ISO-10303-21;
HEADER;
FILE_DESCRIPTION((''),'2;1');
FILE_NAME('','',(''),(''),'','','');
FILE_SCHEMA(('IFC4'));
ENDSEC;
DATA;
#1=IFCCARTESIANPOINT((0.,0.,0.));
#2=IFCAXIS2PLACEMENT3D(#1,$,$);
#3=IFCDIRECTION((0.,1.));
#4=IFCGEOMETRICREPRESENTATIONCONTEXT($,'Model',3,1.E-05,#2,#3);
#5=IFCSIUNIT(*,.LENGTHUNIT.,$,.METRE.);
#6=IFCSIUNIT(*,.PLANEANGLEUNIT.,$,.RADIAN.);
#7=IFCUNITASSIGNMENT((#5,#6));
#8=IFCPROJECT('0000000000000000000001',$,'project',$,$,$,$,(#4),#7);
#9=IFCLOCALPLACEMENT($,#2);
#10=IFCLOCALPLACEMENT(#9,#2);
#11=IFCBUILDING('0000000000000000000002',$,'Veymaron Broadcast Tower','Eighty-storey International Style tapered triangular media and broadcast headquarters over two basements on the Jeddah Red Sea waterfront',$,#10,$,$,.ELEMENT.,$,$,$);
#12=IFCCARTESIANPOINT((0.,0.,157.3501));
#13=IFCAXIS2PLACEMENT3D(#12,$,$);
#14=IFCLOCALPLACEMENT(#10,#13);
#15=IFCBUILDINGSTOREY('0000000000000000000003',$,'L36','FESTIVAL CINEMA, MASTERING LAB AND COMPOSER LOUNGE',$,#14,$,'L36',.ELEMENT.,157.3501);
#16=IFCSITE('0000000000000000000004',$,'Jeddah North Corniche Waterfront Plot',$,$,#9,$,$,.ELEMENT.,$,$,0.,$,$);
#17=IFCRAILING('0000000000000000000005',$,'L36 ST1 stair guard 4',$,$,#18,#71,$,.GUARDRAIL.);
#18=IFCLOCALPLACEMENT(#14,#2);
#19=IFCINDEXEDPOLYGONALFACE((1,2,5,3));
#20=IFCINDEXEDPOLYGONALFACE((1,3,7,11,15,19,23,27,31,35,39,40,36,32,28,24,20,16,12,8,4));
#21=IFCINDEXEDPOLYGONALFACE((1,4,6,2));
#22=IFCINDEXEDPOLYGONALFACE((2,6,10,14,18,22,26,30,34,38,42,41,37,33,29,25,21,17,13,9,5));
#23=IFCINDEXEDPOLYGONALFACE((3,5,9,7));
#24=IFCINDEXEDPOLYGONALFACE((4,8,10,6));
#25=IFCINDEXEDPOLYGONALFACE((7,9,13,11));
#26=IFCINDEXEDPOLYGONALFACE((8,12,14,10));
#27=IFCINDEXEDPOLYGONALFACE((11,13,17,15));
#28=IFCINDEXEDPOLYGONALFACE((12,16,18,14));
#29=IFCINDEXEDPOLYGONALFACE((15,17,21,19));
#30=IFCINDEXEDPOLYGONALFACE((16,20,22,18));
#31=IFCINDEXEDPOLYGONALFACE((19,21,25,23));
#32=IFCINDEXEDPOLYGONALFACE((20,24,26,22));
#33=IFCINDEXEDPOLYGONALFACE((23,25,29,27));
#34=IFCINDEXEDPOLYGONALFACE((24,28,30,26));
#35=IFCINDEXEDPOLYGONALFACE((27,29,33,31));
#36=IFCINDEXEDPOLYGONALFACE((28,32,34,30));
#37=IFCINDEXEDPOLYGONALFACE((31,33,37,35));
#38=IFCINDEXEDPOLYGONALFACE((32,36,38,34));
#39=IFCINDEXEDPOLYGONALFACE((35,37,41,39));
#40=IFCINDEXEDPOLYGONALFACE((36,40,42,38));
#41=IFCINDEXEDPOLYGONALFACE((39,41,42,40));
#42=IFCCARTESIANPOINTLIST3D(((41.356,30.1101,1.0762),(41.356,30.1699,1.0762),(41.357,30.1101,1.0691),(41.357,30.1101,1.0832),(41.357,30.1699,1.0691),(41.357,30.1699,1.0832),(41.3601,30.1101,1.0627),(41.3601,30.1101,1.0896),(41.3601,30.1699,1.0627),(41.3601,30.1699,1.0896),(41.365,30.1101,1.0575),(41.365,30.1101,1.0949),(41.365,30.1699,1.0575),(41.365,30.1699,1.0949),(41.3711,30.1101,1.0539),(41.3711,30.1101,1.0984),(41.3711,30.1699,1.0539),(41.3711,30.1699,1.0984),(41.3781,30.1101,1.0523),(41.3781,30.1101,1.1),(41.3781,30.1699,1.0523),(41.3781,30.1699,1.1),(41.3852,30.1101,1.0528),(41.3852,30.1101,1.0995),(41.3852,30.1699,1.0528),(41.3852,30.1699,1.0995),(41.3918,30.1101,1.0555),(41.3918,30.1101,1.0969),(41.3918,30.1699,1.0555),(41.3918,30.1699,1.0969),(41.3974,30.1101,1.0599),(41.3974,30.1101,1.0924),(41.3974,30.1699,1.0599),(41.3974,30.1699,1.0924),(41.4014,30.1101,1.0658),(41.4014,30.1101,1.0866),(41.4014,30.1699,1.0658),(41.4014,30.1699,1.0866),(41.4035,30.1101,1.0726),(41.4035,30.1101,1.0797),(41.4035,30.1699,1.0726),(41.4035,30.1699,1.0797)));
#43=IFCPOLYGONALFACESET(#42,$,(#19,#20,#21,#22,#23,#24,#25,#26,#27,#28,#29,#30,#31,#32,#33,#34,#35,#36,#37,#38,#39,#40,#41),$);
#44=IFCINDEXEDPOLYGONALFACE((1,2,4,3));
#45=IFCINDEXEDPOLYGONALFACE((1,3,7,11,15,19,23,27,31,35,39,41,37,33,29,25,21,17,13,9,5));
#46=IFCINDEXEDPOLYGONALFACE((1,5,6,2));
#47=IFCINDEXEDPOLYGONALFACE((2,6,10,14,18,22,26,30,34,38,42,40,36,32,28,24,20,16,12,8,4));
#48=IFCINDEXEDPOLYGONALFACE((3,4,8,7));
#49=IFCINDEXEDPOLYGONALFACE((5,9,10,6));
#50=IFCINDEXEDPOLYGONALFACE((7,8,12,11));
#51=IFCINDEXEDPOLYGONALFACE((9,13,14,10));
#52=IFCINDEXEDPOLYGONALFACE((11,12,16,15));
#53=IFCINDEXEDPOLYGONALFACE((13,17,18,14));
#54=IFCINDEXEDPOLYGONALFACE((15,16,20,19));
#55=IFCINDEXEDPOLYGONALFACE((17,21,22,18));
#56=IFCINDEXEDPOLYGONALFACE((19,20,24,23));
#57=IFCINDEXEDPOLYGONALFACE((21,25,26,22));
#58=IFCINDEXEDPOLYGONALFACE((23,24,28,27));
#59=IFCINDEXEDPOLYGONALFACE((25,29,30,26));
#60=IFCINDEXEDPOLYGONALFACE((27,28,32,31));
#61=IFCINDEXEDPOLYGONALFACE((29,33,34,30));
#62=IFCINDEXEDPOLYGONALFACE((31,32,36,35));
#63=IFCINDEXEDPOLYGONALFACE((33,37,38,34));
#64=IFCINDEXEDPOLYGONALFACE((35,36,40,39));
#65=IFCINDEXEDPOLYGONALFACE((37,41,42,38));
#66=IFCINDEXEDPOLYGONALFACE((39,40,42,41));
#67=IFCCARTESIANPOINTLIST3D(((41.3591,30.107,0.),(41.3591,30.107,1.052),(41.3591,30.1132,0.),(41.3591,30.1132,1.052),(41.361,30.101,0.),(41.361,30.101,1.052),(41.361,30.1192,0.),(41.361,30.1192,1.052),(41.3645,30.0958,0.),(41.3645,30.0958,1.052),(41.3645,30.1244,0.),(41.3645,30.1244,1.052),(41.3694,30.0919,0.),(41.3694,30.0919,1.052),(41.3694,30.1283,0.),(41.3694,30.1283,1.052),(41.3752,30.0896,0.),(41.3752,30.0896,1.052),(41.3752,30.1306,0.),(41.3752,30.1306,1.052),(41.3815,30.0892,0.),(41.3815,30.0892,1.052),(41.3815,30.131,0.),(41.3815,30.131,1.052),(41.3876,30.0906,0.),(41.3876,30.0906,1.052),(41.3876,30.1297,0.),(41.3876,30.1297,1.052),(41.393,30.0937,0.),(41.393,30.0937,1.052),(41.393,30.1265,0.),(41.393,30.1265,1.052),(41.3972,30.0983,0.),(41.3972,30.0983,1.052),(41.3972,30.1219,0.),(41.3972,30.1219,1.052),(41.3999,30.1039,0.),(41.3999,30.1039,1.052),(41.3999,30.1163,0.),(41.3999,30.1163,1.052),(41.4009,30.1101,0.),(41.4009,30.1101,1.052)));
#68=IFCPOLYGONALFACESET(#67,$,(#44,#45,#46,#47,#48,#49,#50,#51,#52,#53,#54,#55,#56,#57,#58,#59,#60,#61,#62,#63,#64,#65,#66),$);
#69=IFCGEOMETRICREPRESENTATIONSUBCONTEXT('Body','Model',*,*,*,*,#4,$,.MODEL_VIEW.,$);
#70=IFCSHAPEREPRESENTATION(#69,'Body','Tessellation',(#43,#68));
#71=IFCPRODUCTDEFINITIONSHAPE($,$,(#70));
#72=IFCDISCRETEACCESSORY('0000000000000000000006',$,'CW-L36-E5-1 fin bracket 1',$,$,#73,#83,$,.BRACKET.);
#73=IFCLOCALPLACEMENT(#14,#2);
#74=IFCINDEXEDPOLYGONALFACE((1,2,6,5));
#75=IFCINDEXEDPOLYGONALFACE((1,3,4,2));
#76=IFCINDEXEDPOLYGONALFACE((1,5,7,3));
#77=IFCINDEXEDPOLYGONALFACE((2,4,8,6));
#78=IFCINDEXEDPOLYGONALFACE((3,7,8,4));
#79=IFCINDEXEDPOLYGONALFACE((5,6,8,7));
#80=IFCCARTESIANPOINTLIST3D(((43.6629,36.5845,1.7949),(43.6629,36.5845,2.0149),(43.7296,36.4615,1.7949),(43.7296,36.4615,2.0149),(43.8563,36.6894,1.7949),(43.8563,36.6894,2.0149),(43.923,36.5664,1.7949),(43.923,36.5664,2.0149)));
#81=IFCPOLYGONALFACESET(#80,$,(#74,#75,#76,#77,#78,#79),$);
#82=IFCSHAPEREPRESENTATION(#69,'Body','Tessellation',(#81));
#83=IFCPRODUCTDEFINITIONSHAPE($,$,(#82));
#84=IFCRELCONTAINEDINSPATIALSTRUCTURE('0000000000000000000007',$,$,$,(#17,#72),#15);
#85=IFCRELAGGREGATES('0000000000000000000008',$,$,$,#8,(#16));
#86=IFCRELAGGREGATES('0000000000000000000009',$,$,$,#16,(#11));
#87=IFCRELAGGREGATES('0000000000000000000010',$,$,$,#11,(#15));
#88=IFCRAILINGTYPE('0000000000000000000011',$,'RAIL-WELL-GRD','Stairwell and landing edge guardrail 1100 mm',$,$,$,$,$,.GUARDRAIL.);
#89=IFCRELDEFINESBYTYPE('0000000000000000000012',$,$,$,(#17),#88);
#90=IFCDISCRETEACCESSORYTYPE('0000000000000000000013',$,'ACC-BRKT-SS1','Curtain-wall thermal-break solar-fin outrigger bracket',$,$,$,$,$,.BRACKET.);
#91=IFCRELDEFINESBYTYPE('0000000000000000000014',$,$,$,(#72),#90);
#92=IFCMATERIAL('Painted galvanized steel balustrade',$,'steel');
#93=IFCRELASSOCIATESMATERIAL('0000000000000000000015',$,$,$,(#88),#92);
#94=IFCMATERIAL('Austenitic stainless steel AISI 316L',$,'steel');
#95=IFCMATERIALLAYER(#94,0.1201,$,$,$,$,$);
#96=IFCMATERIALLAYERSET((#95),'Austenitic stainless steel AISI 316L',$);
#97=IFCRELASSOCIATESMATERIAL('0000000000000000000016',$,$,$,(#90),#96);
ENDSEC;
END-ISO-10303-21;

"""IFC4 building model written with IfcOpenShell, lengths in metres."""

from ifc_helpers import new_model, si_unit, direction, frame, origin, origin_2d, place, context, subcontext, project, spatial, rectangle, circle, extrude, material, layer, layer_set, type_object, element, save


model = new_model("IFC4")

# Units and contexts
model_context = context("Model", 3, precision=1e-05, world=origin(), true_north=direction((0.0, 1.0)))
body_context = subcontext(model_context, "Body", "Model", "MODEL_VIEW")
ifc_project = project(units=[si_unit("LENGTHUNIT", "METRE"), si_unit("PLANEANGLEUNIT", "RADIAN")], contexts=[model_context])

# Site, building, storey
site_placement = place(None, origin())
site = spatial("IfcSite", under=ifc_project, at=site_placement, Name="Jeddah North Corniche Waterfront Plot", CompositionType="ELEMENT", RefElevation=0.0)
building_placement = place(site_placement, origin())
building = spatial("IfcBuilding", under=site, at=building_placement, Name="Veymaron Broadcast Tower", Description="Eighty-storey International Style tapered triangular media and broadcast headquarters over two basements on the Jeddah Red Sea waterfront", CompositionType="ELEMENT")
storey_placement = place(building_placement, frame((0.0, 0.0, 157.3501)))
storey = spatial("IfcBuildingStorey", under=building, at=storey_placement, Name="L36", Description="FESTIVAL CINEMA, MASTERING LAB AND COMPOSER LOUNGE", LongName="L36", CompositionType="ELEMENT", Elevation=157.3501)

# Railing
ifc_material_1 = material(Name="Painted galvanized steel balustrade", Category="steel")
railing_type_1 = type_object("IfcRailingType", Name="RAIL-WELL-GRD", Description="Stairwell and landing edge guardrail 1100 mm", PredefinedType="GUARDRAIL", material=ifc_material_1)
railing_1_placement = place(storey_placement, frame((41.3799, 30.1101, 0.0)))
element("IfcRailing", 1, at=railing_1_placement, inside=storey, type_object=railing_type_1, Name="L36 ST1 stair guard 4", PredefinedType="GUARDRAIL", context=body_context, shape_type="SweptSolid", body=[
    extrude(circle(Radius=0.0239, at=origin_2d()), frame((0.0, 0.0, 1.0762), z_axis=(0.0, 1.0, 0.0), x_axis=(-1.0, 0.0, 0.0)), (0.0, 0.0, 1.0), 0.0598),
    extrude(circle(Radius=0.021, at=origin_2d()), origin(), (0.0, 0.0, 1.0), 1.052),
])

# Discrete accessory
ifc_material_2 = material(Name="Austenitic stainless steel AISI 316L", Category="steel")
ifc_layer_1 = layer(ifc_material_2, 0.1201)
ifc_layer_set_1 = layer_set([ifc_layer_1], Name="Austenitic stainless steel AISI 316L")
discrete_accessory_type = type_object("IfcDiscreteAccessoryType", Name="ACC-BRKT-SS1", Description="Curtain-wall thermal-break solar-fin outrigger bracket", PredefinedType="BRACKET", material=ifc_layer_set_1)
discrete_accessory_placement = place(storey_placement, frame((43.793, 36.5754, 1.7949), z_axis=(0.0, 0.0, 1.0), x_axis=(0.879, 0.476821, 0.0)))
element("IfcDiscreteAccessory", 2, at=discrete_accessory_placement, inside=storey, type_object=discrete_accessory_type, Name="CW-L36-E5-1 fin bracket 1", PredefinedType="BRACKET", context=body_context, shape_type="SweptSolid", body=[
    extrude(rectangle(XDim=0.22, YDim=0.1399, at=origin_2d()), origin(), (0.0, 0.0, 1.0), 0.22),
])

save(model, "model.ifc")
